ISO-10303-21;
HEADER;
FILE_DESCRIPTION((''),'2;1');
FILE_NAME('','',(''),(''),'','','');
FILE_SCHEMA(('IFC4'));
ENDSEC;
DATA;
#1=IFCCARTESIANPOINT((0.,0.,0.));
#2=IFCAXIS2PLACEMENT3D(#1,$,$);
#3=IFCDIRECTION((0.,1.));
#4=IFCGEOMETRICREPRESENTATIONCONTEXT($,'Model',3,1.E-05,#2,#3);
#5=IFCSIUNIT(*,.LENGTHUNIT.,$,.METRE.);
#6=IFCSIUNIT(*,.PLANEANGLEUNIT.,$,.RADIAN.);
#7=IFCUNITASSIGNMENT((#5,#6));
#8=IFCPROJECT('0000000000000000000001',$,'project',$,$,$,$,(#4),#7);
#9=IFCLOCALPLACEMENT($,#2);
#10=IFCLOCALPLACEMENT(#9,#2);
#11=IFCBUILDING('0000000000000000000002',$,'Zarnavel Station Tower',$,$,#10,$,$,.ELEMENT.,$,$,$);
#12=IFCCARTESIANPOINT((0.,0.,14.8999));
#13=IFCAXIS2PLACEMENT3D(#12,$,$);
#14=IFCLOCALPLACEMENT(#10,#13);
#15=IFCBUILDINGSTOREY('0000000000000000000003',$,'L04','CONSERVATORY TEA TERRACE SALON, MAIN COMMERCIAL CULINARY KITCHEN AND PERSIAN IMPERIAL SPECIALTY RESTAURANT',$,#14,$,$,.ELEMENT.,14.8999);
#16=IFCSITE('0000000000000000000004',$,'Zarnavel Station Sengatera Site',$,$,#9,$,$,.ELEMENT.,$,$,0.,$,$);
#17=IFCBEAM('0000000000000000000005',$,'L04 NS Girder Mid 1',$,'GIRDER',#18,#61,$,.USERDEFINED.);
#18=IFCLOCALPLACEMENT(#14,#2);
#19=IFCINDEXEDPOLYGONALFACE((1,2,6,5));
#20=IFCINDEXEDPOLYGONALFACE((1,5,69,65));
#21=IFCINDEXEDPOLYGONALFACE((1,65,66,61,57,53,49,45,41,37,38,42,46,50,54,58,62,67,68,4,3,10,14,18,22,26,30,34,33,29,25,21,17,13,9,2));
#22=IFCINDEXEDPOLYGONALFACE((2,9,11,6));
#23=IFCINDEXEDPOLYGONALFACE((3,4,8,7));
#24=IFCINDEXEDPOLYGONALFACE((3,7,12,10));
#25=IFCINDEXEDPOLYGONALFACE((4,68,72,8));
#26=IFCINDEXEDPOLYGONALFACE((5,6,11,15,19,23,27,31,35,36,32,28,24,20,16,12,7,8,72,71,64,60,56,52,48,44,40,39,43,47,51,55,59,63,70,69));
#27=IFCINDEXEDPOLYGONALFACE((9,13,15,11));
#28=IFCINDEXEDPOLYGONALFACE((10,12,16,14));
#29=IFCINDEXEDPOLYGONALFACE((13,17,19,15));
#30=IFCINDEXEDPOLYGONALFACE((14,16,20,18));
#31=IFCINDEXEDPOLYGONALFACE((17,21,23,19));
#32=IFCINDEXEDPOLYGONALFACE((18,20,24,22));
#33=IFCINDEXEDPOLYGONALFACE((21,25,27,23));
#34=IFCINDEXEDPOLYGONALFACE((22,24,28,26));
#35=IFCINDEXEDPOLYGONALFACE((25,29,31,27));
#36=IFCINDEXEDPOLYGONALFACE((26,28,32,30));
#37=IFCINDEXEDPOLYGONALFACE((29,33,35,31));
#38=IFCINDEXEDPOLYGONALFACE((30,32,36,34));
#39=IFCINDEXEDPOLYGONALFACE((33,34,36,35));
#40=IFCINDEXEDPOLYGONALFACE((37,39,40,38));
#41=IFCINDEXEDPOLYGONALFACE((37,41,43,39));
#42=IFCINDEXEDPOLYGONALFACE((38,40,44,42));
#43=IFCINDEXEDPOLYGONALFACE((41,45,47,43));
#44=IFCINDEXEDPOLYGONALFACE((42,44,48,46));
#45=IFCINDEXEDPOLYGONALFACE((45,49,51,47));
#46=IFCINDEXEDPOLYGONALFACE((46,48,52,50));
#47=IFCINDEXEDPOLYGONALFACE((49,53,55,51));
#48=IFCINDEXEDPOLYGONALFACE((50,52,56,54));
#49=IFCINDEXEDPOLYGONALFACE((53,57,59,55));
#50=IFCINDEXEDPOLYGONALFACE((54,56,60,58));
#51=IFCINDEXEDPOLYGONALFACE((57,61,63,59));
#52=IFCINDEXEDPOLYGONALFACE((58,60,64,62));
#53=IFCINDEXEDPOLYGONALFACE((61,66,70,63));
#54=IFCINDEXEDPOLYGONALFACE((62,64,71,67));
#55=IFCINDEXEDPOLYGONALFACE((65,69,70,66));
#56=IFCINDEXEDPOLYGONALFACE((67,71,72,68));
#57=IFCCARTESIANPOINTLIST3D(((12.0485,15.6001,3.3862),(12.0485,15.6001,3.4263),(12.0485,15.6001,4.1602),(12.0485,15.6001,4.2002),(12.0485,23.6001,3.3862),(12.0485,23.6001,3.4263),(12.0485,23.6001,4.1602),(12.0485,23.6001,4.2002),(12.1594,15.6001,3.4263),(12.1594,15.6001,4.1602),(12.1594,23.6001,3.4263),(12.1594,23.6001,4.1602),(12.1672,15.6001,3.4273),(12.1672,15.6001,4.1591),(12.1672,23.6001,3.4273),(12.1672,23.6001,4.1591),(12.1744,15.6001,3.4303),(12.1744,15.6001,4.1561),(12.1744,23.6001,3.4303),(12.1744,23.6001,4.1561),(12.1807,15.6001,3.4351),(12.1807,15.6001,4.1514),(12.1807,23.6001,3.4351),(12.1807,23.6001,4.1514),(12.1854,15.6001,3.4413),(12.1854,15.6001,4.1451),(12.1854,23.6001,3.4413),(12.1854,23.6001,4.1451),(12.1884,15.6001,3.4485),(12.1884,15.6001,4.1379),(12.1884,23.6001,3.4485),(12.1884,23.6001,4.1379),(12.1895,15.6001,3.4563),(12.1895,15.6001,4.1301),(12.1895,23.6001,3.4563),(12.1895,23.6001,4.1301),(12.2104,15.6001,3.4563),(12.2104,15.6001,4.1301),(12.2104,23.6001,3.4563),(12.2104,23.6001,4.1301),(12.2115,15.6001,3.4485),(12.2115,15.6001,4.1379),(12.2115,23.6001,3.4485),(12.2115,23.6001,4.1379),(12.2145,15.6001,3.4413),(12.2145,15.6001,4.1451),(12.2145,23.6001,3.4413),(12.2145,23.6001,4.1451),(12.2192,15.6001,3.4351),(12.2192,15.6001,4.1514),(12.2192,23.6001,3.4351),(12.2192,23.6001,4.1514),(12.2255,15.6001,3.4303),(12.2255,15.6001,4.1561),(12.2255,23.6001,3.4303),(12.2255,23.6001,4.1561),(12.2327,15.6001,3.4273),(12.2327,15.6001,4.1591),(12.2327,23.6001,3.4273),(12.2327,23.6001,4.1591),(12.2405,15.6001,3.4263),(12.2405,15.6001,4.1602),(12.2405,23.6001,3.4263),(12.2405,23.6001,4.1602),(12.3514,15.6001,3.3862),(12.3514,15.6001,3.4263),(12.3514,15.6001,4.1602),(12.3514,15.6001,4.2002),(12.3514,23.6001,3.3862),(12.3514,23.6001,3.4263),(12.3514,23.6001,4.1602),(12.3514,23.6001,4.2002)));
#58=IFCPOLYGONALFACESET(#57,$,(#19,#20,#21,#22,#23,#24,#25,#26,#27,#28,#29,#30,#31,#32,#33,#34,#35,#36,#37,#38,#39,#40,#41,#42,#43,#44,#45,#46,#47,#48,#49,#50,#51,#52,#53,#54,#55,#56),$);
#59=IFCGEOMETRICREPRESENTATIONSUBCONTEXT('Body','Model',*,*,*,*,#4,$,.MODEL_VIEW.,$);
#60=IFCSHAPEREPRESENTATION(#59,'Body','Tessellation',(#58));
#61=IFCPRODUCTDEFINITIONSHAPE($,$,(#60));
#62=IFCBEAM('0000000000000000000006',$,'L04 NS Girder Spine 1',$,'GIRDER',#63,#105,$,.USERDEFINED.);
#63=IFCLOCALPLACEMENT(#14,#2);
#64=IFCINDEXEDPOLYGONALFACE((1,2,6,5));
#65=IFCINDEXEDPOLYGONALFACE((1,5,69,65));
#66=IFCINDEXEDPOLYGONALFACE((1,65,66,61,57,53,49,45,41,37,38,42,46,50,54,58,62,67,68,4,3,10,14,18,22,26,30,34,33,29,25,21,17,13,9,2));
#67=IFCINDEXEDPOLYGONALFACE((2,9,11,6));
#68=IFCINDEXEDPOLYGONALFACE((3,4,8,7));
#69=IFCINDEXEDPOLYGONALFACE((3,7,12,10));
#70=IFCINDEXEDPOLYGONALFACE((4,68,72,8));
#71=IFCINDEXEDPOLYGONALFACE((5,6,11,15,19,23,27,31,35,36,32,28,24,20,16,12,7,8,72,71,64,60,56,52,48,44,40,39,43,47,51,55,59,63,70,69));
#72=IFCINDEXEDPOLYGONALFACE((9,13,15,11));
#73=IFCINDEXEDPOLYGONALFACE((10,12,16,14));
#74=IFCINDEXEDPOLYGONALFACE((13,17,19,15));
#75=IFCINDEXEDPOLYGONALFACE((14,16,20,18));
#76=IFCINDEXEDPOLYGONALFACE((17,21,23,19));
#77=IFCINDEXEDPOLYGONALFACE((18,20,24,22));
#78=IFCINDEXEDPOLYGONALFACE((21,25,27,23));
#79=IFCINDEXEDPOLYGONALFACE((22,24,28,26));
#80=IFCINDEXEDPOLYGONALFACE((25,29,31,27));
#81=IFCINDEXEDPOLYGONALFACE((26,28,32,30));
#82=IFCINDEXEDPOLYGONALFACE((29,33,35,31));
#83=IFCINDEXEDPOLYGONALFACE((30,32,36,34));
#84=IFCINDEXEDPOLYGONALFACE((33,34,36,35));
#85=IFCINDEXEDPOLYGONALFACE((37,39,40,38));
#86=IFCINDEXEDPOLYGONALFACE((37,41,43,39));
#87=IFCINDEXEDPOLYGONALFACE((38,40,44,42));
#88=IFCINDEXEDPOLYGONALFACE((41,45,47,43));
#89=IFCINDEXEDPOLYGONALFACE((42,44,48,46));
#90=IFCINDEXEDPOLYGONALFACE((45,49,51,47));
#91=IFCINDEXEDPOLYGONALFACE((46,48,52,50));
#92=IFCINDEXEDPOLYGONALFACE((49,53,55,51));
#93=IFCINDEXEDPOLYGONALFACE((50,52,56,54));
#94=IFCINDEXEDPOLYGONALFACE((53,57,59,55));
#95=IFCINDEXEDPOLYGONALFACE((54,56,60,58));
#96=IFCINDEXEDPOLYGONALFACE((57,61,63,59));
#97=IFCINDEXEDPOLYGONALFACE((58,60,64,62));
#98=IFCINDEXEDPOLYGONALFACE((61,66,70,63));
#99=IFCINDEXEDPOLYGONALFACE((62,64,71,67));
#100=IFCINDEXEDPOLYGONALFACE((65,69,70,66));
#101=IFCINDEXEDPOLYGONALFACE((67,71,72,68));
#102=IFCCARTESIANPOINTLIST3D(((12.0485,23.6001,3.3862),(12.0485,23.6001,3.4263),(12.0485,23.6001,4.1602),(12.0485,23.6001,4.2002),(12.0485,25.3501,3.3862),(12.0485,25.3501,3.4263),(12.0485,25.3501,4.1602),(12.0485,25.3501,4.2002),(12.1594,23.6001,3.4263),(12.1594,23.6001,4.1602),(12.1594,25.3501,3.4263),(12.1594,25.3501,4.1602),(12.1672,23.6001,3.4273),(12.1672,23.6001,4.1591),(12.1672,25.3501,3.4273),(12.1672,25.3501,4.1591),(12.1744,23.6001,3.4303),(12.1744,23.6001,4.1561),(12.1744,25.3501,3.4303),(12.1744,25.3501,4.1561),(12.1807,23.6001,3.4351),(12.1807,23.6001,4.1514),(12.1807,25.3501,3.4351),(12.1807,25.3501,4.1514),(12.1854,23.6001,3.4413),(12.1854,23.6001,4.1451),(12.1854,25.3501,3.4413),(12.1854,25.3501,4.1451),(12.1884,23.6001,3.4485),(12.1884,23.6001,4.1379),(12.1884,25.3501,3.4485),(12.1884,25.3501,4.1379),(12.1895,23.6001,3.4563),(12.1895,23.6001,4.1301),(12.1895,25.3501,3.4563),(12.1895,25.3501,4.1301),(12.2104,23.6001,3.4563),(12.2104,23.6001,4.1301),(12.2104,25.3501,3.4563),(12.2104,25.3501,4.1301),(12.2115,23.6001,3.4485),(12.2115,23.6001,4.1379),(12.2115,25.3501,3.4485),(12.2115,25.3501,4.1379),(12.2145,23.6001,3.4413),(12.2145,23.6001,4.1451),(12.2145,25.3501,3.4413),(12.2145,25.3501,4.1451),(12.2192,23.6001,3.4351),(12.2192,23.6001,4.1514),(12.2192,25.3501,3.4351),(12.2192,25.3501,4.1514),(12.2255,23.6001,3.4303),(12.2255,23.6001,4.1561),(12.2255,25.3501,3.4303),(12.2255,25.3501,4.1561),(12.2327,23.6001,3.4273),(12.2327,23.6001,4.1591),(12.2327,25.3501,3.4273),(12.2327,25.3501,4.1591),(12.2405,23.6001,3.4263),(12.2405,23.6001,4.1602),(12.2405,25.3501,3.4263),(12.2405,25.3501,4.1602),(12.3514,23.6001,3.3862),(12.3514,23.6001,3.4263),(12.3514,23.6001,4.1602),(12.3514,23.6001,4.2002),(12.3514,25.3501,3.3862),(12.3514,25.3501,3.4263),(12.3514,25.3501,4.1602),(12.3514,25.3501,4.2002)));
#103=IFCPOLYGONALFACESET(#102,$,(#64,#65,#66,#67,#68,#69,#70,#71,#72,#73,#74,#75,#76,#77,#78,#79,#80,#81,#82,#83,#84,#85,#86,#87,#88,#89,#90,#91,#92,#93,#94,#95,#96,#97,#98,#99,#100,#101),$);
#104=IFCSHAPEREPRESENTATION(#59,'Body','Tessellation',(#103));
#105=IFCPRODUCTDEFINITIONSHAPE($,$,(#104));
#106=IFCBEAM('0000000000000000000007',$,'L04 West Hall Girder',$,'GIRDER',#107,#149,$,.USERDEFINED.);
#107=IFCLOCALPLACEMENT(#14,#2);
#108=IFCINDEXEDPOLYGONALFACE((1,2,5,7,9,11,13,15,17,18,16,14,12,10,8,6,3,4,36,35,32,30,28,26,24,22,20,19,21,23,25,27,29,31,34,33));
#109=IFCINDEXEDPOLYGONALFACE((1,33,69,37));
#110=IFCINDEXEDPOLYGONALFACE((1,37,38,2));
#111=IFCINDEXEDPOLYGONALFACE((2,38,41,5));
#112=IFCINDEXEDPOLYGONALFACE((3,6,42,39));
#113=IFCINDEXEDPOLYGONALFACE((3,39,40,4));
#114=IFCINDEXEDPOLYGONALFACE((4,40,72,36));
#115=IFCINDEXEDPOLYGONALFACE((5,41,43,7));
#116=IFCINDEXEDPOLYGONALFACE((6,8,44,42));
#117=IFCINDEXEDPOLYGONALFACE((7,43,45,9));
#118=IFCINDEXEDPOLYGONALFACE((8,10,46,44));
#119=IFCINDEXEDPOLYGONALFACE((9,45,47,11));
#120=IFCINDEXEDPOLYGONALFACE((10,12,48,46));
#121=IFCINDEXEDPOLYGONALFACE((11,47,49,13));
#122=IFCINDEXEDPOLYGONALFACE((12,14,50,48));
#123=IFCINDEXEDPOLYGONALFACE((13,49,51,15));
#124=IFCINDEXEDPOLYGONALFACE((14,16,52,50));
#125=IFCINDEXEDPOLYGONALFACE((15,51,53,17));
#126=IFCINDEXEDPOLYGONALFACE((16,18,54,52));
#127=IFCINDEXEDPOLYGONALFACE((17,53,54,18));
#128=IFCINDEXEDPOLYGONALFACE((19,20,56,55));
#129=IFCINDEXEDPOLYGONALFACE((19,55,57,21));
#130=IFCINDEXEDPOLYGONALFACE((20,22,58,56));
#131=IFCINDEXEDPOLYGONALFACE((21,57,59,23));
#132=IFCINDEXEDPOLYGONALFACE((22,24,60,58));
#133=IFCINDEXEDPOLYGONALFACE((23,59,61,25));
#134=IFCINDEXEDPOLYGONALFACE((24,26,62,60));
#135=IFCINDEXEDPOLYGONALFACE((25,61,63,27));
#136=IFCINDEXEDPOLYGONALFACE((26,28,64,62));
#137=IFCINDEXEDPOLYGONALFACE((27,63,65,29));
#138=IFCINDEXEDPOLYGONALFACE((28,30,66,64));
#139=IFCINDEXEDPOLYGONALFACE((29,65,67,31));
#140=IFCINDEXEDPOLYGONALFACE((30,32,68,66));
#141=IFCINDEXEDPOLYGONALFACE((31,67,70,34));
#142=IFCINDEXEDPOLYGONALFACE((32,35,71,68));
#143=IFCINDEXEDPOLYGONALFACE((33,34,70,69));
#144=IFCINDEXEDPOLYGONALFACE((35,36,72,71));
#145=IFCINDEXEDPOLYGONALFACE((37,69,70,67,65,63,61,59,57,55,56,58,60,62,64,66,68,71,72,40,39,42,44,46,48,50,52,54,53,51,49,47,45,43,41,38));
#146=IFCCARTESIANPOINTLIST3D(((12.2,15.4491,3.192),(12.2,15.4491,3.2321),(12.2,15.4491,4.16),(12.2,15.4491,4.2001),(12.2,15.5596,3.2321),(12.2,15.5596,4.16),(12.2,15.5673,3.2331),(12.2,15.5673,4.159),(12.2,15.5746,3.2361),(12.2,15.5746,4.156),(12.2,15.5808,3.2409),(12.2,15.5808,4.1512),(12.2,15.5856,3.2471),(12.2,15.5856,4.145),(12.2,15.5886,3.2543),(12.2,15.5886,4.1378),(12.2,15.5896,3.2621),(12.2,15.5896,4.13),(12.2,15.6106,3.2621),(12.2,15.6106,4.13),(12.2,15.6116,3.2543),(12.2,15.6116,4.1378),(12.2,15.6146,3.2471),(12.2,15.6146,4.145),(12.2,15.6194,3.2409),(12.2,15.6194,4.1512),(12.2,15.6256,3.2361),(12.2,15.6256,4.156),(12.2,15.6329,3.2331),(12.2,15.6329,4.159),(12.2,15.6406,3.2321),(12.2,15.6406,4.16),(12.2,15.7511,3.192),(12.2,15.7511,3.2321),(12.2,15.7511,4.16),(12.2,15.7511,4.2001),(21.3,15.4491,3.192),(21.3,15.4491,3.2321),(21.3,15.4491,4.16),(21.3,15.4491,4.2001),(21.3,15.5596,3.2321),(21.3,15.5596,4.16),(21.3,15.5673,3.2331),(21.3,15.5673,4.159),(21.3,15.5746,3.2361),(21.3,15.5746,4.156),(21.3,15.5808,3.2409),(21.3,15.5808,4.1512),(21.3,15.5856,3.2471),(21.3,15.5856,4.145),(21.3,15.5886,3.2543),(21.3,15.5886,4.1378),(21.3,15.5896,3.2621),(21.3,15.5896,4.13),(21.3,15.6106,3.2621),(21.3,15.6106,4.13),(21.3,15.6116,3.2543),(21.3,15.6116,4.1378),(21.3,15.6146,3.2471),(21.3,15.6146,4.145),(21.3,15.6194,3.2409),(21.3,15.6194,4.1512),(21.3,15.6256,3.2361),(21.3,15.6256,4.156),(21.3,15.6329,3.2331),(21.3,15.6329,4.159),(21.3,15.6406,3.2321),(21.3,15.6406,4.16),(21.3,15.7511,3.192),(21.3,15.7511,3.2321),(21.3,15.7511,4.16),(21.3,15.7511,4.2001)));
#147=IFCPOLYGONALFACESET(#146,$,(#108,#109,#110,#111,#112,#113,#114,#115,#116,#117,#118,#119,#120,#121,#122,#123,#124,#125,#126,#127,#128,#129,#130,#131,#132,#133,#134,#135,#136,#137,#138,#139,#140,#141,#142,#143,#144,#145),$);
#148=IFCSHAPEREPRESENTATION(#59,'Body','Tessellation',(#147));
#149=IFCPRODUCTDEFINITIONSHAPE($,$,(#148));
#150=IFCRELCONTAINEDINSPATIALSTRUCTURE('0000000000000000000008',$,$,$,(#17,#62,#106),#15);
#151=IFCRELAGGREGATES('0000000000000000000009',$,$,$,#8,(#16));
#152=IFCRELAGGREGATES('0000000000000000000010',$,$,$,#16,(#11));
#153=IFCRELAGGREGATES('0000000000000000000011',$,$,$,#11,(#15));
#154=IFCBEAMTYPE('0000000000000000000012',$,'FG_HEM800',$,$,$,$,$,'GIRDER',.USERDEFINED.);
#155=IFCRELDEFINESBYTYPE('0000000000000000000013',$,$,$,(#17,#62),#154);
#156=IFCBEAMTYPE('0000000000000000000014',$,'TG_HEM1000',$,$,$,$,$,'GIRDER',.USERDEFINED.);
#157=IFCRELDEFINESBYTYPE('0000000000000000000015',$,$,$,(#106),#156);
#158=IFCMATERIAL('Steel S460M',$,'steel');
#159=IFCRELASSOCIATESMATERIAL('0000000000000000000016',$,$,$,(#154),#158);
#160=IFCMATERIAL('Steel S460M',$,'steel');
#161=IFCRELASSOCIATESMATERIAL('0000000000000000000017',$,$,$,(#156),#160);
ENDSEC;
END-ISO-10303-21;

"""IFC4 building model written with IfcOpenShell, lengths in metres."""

from ifc_helpers import new_model, si_unit, direction, frame, origin, origin_2d, place, context, subcontext, project, spatial, i_section, extrude, material, material_profile, profile_set, type_object, element, save


model = new_model("IFC4")

# Units and contexts
model_context = context("Model", 3, precision=1e-05, world=origin(), true_north=direction((0.0, 1.0)))
body_context = subcontext(model_context, "Body", "Model", "MODEL_VIEW")
ifc_project = project(units=[si_unit("LENGTHUNIT", "METRE"), si_unit("PLANEANGLEUNIT", "RADIAN")], contexts=[model_context])

# Site, building, storey
site_placement = place(None, origin())
site = spatial("IfcSite", under=ifc_project, at=site_placement, Name="Zarnavel Station Sengatera Site", CompositionType="ELEMENT", RefElevation=0.0)
building_placement = place(site_placement, origin())
building = spatial("IfcBuilding", under=site, at=building_placement, Name="Zarnavel Station Tower", CompositionType="ELEMENT")
storey_placement = place(building_placement, frame((0.0, 0.0, 14.8999)))
storey = spatial("IfcBuildingStorey", under=building, at=storey_placement, Name="L04", Description="CONSERVATORY TEA TERRACE SALON, MAIN COMMERCIAL CULINARY KITCHEN AND PERSIAN IMPERIAL SPECIALTY RESTAURANT", CompositionType="ELEMENT", Elevation=14.8999)

# Beams
ifc_material_1 = material(Name="Steel S460M", Category="steel")
ifc_material_profile_1 = material_profile(ifc_material_1, i_section(OverallWidth=0.303, OverallDepth=0.814, WebThickness=0.021, FlangeThickness=0.04, FilletRadius=0.03, at=origin_2d()), Name="HEM800")
ifc_profile_set_1 = profile_set([ifc_material_profile_1], Name="Steel S460M")
beam_type_1 = type_object("IfcBeamType", Name="FG_HEM800", ElementType="GIRDER", PredefinedType="USERDEFINED", material=ifc_profile_set_1)
beam_1_placement = place(storey_placement, frame((12.2, 15.6001, 3.7932), z_axis=(0.0, 1.0, 0.0), x_axis=(-1.0, 0.0, 0.0)))
element("IfcBeam", 1, at=beam_1_placement, inside=storey, type_object=beam_type_1, Name="L04 NS Girder Mid 1", ObjectType="GIRDER", PredefinedType="USERDEFINED", context=body_context, shape_type="SweptSolid", body=[
    extrude(i_section(OverallWidth=0.303, OverallDepth=0.814, WebThickness=0.021, FlangeThickness=0.04, FilletRadius=0.03, at=origin_2d()), origin(), (0.0, 0.0, 1.0), 8.0),
])
beam_2_placement = place(storey_placement, frame((12.2, 23.6001, 3.7932), z_axis=(0.0, 1.0, 0.0), x_axis=(-1.0, 0.0, 0.0)))
element("IfcBeam", 2, at=beam_2_placement, inside=storey, type_object=beam_type_1, Name="L04 NS Girder Spine 1", ObjectType="GIRDER", PredefinedType="USERDEFINED", context=body_context, shape_type="SweptSolid", body=[
    extrude(i_section(OverallWidth=0.303, OverallDepth=0.814, WebThickness=0.021, FlangeThickness=0.04, FilletRadius=0.03, at=origin_2d()), origin(), (0.0, 0.0, 1.0), 1.75),
])
ifc_material_2 = material(Name="Steel S460M", Category="steel")
ifc_material_profile_2 = material_profile(ifc_material_2, i_section(OverallWidth=0.302, OverallDepth=1.0081, WebThickness=0.021, FlangeThickness=0.04, FilletRadius=0.03, at=origin_2d()), Name="HEM1000")
ifc_profile_set_2 = profile_set([ifc_material_profile_2], Name="Steel S460M")
beam_type_2 = type_object("IfcBeamType", Name="TG_HEM1000", ElementType="GIRDER", PredefinedType="USERDEFINED", material=ifc_profile_set_2)
beam_3_placement = place(storey_placement, frame((12.2, 15.6001, 3.696), z_axis=(1.0, 0.0, 0.0), x_axis=(0.0, 1.0, 0.0)))
element("IfcBeam", 3, at=beam_3_placement, inside=storey, type_object=beam_type_2, Name="L04 West Hall Girder", ObjectType="GIRDER", PredefinedType="USERDEFINED", context=body_context, shape_type="SweptSolid", body=[
    extrude(i_section(OverallWidth=0.302, OverallDepth=1.0081, WebThickness=0.021, FlangeThickness=0.04, FilletRadius=0.03, at=origin_2d()), origin(), (0.0, 0.0, 1.0), 9.1001),
])

save(model, "model.ifc")
